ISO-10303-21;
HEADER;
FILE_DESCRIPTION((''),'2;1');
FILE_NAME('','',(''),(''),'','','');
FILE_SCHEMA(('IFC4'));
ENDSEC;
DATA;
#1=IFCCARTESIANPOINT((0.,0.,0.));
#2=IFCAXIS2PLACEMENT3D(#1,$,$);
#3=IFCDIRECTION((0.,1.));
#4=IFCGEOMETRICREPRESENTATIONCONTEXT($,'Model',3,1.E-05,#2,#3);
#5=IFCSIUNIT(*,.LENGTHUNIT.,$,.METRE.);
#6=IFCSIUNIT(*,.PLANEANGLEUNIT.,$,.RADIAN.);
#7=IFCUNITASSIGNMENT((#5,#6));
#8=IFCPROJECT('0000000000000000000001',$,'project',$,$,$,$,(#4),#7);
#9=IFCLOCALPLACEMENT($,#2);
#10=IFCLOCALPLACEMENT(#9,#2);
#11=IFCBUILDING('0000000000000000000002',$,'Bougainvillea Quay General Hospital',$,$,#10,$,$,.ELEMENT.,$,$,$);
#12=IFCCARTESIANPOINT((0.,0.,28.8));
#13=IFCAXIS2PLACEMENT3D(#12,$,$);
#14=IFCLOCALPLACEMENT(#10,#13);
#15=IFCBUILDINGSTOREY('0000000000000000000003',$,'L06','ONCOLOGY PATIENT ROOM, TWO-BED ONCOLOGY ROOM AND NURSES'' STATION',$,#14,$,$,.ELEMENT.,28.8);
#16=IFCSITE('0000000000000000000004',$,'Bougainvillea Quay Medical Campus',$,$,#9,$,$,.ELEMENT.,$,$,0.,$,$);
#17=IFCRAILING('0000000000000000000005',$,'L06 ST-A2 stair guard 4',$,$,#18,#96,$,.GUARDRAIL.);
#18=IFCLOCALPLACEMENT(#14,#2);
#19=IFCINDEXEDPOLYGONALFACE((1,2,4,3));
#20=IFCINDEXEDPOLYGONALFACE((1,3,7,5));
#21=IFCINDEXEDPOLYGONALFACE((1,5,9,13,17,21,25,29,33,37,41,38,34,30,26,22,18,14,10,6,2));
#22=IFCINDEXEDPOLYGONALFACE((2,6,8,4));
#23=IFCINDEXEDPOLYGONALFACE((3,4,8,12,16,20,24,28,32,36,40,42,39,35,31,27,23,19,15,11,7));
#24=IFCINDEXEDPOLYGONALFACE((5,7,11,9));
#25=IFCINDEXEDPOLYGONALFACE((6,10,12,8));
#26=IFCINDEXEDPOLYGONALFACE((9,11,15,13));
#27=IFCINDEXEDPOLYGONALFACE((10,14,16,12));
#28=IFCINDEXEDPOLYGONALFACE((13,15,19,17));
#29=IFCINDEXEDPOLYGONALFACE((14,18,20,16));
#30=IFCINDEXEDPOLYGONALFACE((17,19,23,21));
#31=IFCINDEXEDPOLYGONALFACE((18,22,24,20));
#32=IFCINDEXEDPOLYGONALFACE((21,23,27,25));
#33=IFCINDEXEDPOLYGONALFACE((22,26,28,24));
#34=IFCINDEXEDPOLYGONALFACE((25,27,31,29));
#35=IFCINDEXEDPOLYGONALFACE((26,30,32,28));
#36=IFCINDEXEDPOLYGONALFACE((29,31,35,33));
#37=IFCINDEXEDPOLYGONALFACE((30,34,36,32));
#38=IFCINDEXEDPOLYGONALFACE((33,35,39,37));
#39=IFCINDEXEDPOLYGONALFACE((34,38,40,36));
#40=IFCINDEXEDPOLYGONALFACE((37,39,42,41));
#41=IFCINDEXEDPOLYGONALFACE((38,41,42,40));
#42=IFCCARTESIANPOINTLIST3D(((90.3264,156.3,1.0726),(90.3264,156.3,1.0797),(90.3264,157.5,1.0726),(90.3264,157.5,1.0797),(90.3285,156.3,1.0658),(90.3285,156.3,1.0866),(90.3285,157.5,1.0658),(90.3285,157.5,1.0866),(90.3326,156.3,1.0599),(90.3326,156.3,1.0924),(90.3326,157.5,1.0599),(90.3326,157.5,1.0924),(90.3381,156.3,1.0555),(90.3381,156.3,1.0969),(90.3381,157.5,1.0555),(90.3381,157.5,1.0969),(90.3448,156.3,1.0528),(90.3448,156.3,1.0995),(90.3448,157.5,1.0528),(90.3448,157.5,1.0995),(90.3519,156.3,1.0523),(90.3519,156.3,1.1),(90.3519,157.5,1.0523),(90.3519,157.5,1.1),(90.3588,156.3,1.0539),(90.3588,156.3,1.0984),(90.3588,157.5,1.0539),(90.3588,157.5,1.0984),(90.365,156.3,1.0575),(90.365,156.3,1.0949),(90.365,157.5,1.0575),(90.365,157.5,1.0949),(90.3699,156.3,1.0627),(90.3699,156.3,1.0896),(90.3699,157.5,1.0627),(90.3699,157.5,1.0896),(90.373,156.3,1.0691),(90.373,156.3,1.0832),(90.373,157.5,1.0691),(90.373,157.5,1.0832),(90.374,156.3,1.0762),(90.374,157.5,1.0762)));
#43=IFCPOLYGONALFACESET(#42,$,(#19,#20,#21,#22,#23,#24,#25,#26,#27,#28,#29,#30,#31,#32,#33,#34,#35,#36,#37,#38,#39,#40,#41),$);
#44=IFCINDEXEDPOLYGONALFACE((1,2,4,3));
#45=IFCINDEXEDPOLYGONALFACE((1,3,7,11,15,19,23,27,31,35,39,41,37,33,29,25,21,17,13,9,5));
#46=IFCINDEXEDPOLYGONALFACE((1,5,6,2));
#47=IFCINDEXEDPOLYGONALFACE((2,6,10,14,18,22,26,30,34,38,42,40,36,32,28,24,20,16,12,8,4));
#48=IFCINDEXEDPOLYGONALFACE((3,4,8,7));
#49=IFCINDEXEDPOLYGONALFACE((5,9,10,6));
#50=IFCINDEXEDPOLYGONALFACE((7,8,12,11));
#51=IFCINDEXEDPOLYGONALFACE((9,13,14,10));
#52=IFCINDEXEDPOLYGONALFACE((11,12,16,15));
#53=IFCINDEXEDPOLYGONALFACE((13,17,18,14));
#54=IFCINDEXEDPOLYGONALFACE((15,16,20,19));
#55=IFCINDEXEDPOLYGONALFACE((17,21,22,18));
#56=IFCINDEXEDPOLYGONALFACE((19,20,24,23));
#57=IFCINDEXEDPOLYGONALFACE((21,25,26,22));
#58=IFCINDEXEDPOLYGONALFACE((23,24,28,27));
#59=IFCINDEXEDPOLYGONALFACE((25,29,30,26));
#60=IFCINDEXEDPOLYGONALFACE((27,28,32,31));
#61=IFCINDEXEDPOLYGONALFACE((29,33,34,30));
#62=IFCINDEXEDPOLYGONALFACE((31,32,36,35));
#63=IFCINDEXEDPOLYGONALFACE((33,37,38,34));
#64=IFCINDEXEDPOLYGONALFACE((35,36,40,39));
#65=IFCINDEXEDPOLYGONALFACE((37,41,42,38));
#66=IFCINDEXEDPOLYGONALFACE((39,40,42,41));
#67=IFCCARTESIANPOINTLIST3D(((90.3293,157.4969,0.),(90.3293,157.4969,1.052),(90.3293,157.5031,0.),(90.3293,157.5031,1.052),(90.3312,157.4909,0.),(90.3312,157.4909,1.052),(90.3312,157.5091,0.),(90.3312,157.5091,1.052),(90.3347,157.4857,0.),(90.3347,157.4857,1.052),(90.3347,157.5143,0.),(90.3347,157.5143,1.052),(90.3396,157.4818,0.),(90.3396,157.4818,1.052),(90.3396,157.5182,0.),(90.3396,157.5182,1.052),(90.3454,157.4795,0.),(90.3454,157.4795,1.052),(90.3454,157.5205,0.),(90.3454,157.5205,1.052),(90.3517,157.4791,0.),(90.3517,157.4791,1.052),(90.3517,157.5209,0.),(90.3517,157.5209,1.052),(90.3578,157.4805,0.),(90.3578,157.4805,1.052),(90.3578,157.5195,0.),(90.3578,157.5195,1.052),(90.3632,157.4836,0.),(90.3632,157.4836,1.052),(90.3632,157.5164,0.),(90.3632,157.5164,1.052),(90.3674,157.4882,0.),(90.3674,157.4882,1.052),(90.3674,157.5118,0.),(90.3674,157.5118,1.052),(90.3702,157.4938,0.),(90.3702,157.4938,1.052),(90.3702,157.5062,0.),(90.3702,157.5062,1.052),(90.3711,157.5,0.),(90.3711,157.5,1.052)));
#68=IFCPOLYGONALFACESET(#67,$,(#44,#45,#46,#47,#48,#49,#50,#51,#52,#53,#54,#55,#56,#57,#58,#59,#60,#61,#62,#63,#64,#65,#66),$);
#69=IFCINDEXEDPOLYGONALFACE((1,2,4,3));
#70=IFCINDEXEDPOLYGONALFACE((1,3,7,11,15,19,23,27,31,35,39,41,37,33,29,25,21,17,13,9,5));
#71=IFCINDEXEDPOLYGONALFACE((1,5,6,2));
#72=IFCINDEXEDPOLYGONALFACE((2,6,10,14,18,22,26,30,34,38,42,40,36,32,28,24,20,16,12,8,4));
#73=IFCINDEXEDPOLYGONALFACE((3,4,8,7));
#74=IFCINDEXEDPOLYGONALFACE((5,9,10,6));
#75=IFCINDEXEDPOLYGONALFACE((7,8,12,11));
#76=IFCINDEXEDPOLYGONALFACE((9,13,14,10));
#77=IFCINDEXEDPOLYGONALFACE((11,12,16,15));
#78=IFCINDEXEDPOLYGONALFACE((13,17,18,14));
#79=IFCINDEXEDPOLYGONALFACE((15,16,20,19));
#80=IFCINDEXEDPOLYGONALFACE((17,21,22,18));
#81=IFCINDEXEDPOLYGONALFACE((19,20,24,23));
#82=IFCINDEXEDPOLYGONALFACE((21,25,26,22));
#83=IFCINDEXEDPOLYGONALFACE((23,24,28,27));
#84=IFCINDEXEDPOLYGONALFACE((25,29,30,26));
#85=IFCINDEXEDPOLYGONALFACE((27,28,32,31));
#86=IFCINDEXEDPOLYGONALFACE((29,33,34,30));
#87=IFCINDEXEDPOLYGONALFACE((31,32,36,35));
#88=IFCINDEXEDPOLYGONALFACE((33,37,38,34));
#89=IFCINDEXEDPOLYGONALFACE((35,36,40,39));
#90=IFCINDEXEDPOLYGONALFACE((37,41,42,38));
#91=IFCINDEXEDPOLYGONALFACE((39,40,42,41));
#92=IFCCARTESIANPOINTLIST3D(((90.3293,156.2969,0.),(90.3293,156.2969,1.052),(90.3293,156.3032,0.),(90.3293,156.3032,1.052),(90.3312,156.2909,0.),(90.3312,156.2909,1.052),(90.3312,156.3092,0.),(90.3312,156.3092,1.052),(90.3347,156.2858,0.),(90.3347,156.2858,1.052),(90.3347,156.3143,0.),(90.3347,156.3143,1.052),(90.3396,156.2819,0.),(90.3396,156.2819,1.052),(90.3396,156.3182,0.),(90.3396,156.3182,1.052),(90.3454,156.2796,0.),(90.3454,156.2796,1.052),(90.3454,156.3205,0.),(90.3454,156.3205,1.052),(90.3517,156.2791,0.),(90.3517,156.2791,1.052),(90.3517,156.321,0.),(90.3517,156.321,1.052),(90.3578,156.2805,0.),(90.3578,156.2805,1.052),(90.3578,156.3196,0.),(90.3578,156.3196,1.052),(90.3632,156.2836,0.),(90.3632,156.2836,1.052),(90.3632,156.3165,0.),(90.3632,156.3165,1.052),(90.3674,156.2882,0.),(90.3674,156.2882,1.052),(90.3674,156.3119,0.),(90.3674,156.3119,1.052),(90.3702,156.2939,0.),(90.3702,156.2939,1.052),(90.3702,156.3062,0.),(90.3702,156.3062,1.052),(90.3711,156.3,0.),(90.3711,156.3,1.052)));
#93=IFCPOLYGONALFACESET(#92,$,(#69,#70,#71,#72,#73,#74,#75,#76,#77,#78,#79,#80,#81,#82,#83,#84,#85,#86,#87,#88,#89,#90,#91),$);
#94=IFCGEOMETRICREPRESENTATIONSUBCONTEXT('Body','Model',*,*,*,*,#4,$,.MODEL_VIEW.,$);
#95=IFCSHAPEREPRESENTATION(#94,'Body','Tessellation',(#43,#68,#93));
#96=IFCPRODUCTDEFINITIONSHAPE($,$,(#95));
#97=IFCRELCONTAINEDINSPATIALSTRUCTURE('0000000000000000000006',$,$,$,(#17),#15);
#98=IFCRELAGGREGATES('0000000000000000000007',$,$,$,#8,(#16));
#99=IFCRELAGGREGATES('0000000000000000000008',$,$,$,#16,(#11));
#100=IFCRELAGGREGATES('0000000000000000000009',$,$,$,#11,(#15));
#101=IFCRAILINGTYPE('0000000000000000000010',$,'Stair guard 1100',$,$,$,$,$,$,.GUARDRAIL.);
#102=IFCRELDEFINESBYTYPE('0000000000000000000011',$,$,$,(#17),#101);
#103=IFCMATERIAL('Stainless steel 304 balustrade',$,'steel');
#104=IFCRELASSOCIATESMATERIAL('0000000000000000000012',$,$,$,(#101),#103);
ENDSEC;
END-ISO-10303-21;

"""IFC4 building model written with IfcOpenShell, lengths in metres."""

from ifc_helpers import new_model, si_unit, direction, frame, origin, origin_2d, place, context, subcontext, project, spatial, circle, extrude, material, type_object, element, save


model = new_model("IFC4")

# Units and contexts
model_context = context("Model", 3, precision=1e-05, world=origin(), true_north=direction((0.0, 1.0)))
body_context = subcontext(model_context, "Body", "Model", "MODEL_VIEW")
ifc_project = project(units=[si_unit("LENGTHUNIT", "METRE"), si_unit("PLANEANGLEUNIT", "RADIAN")], contexts=[model_context])

# Site, building, storey
site_placement = place(None, origin())
site = spatial("IfcSite", under=ifc_project, at=site_placement, Name="Bougainvillea Quay Medical Campus", CompositionType="ELEMENT", RefElevation=0.0)
building_placement = place(site_placement, origin())
building = spatial("IfcBuilding", under=site, at=building_placement, Name="Bougainvillea Quay General Hospital", CompositionType="ELEMENT")
storey_placement = place(building_placement, frame((0.0, 0.0, 28.8)))
storey = spatial("IfcBuildingStorey", under=building, at=storey_placement, Name="L06", Description="ONCOLOGY PATIENT ROOM, TWO-BED ONCOLOGY ROOM AND NURSES' STATION", CompositionType="ELEMENT", Elevation=28.8)

# Railing
ifc_material_1 = material(Name="Stainless steel 304 balustrade", Category="steel")
railing_type_1 = type_object("IfcRailingType", Name="Stair guard 1100", PredefinedType="GUARDRAIL", material=ifc_material_1)
railing_1_placement = place(storey_placement, frame((90.3501, 157.5, 0.0)))
element("IfcRailing", 1, at=railing_1_placement, inside=storey, type_object=railing_type_1, Name="L06 ST-A2 stair guard 4", PredefinedType="GUARDRAIL", context=body_context, shape_type="SweptSolid", body=[
    extrude(circle(Radius=0.0239, at=origin_2d()), frame((0.0, 0.0, 1.0762), z_axis=(0.0, -1.0, 0.0), x_axis=(1.0, 0.0, 0.0)), (0.0, 0.0, 1.0), 1.2),
    extrude(circle(Radius=0.021, at=origin_2d()), origin(), (0.0, 0.0, 1.0), 1.052),
    extrude(circle(Radius=0.021, at=origin_2d()), frame((0.0, -1.2, 0.0)), (0.0, 0.0, 1.0), 1.052),
])

save(model, "model.ifc")
